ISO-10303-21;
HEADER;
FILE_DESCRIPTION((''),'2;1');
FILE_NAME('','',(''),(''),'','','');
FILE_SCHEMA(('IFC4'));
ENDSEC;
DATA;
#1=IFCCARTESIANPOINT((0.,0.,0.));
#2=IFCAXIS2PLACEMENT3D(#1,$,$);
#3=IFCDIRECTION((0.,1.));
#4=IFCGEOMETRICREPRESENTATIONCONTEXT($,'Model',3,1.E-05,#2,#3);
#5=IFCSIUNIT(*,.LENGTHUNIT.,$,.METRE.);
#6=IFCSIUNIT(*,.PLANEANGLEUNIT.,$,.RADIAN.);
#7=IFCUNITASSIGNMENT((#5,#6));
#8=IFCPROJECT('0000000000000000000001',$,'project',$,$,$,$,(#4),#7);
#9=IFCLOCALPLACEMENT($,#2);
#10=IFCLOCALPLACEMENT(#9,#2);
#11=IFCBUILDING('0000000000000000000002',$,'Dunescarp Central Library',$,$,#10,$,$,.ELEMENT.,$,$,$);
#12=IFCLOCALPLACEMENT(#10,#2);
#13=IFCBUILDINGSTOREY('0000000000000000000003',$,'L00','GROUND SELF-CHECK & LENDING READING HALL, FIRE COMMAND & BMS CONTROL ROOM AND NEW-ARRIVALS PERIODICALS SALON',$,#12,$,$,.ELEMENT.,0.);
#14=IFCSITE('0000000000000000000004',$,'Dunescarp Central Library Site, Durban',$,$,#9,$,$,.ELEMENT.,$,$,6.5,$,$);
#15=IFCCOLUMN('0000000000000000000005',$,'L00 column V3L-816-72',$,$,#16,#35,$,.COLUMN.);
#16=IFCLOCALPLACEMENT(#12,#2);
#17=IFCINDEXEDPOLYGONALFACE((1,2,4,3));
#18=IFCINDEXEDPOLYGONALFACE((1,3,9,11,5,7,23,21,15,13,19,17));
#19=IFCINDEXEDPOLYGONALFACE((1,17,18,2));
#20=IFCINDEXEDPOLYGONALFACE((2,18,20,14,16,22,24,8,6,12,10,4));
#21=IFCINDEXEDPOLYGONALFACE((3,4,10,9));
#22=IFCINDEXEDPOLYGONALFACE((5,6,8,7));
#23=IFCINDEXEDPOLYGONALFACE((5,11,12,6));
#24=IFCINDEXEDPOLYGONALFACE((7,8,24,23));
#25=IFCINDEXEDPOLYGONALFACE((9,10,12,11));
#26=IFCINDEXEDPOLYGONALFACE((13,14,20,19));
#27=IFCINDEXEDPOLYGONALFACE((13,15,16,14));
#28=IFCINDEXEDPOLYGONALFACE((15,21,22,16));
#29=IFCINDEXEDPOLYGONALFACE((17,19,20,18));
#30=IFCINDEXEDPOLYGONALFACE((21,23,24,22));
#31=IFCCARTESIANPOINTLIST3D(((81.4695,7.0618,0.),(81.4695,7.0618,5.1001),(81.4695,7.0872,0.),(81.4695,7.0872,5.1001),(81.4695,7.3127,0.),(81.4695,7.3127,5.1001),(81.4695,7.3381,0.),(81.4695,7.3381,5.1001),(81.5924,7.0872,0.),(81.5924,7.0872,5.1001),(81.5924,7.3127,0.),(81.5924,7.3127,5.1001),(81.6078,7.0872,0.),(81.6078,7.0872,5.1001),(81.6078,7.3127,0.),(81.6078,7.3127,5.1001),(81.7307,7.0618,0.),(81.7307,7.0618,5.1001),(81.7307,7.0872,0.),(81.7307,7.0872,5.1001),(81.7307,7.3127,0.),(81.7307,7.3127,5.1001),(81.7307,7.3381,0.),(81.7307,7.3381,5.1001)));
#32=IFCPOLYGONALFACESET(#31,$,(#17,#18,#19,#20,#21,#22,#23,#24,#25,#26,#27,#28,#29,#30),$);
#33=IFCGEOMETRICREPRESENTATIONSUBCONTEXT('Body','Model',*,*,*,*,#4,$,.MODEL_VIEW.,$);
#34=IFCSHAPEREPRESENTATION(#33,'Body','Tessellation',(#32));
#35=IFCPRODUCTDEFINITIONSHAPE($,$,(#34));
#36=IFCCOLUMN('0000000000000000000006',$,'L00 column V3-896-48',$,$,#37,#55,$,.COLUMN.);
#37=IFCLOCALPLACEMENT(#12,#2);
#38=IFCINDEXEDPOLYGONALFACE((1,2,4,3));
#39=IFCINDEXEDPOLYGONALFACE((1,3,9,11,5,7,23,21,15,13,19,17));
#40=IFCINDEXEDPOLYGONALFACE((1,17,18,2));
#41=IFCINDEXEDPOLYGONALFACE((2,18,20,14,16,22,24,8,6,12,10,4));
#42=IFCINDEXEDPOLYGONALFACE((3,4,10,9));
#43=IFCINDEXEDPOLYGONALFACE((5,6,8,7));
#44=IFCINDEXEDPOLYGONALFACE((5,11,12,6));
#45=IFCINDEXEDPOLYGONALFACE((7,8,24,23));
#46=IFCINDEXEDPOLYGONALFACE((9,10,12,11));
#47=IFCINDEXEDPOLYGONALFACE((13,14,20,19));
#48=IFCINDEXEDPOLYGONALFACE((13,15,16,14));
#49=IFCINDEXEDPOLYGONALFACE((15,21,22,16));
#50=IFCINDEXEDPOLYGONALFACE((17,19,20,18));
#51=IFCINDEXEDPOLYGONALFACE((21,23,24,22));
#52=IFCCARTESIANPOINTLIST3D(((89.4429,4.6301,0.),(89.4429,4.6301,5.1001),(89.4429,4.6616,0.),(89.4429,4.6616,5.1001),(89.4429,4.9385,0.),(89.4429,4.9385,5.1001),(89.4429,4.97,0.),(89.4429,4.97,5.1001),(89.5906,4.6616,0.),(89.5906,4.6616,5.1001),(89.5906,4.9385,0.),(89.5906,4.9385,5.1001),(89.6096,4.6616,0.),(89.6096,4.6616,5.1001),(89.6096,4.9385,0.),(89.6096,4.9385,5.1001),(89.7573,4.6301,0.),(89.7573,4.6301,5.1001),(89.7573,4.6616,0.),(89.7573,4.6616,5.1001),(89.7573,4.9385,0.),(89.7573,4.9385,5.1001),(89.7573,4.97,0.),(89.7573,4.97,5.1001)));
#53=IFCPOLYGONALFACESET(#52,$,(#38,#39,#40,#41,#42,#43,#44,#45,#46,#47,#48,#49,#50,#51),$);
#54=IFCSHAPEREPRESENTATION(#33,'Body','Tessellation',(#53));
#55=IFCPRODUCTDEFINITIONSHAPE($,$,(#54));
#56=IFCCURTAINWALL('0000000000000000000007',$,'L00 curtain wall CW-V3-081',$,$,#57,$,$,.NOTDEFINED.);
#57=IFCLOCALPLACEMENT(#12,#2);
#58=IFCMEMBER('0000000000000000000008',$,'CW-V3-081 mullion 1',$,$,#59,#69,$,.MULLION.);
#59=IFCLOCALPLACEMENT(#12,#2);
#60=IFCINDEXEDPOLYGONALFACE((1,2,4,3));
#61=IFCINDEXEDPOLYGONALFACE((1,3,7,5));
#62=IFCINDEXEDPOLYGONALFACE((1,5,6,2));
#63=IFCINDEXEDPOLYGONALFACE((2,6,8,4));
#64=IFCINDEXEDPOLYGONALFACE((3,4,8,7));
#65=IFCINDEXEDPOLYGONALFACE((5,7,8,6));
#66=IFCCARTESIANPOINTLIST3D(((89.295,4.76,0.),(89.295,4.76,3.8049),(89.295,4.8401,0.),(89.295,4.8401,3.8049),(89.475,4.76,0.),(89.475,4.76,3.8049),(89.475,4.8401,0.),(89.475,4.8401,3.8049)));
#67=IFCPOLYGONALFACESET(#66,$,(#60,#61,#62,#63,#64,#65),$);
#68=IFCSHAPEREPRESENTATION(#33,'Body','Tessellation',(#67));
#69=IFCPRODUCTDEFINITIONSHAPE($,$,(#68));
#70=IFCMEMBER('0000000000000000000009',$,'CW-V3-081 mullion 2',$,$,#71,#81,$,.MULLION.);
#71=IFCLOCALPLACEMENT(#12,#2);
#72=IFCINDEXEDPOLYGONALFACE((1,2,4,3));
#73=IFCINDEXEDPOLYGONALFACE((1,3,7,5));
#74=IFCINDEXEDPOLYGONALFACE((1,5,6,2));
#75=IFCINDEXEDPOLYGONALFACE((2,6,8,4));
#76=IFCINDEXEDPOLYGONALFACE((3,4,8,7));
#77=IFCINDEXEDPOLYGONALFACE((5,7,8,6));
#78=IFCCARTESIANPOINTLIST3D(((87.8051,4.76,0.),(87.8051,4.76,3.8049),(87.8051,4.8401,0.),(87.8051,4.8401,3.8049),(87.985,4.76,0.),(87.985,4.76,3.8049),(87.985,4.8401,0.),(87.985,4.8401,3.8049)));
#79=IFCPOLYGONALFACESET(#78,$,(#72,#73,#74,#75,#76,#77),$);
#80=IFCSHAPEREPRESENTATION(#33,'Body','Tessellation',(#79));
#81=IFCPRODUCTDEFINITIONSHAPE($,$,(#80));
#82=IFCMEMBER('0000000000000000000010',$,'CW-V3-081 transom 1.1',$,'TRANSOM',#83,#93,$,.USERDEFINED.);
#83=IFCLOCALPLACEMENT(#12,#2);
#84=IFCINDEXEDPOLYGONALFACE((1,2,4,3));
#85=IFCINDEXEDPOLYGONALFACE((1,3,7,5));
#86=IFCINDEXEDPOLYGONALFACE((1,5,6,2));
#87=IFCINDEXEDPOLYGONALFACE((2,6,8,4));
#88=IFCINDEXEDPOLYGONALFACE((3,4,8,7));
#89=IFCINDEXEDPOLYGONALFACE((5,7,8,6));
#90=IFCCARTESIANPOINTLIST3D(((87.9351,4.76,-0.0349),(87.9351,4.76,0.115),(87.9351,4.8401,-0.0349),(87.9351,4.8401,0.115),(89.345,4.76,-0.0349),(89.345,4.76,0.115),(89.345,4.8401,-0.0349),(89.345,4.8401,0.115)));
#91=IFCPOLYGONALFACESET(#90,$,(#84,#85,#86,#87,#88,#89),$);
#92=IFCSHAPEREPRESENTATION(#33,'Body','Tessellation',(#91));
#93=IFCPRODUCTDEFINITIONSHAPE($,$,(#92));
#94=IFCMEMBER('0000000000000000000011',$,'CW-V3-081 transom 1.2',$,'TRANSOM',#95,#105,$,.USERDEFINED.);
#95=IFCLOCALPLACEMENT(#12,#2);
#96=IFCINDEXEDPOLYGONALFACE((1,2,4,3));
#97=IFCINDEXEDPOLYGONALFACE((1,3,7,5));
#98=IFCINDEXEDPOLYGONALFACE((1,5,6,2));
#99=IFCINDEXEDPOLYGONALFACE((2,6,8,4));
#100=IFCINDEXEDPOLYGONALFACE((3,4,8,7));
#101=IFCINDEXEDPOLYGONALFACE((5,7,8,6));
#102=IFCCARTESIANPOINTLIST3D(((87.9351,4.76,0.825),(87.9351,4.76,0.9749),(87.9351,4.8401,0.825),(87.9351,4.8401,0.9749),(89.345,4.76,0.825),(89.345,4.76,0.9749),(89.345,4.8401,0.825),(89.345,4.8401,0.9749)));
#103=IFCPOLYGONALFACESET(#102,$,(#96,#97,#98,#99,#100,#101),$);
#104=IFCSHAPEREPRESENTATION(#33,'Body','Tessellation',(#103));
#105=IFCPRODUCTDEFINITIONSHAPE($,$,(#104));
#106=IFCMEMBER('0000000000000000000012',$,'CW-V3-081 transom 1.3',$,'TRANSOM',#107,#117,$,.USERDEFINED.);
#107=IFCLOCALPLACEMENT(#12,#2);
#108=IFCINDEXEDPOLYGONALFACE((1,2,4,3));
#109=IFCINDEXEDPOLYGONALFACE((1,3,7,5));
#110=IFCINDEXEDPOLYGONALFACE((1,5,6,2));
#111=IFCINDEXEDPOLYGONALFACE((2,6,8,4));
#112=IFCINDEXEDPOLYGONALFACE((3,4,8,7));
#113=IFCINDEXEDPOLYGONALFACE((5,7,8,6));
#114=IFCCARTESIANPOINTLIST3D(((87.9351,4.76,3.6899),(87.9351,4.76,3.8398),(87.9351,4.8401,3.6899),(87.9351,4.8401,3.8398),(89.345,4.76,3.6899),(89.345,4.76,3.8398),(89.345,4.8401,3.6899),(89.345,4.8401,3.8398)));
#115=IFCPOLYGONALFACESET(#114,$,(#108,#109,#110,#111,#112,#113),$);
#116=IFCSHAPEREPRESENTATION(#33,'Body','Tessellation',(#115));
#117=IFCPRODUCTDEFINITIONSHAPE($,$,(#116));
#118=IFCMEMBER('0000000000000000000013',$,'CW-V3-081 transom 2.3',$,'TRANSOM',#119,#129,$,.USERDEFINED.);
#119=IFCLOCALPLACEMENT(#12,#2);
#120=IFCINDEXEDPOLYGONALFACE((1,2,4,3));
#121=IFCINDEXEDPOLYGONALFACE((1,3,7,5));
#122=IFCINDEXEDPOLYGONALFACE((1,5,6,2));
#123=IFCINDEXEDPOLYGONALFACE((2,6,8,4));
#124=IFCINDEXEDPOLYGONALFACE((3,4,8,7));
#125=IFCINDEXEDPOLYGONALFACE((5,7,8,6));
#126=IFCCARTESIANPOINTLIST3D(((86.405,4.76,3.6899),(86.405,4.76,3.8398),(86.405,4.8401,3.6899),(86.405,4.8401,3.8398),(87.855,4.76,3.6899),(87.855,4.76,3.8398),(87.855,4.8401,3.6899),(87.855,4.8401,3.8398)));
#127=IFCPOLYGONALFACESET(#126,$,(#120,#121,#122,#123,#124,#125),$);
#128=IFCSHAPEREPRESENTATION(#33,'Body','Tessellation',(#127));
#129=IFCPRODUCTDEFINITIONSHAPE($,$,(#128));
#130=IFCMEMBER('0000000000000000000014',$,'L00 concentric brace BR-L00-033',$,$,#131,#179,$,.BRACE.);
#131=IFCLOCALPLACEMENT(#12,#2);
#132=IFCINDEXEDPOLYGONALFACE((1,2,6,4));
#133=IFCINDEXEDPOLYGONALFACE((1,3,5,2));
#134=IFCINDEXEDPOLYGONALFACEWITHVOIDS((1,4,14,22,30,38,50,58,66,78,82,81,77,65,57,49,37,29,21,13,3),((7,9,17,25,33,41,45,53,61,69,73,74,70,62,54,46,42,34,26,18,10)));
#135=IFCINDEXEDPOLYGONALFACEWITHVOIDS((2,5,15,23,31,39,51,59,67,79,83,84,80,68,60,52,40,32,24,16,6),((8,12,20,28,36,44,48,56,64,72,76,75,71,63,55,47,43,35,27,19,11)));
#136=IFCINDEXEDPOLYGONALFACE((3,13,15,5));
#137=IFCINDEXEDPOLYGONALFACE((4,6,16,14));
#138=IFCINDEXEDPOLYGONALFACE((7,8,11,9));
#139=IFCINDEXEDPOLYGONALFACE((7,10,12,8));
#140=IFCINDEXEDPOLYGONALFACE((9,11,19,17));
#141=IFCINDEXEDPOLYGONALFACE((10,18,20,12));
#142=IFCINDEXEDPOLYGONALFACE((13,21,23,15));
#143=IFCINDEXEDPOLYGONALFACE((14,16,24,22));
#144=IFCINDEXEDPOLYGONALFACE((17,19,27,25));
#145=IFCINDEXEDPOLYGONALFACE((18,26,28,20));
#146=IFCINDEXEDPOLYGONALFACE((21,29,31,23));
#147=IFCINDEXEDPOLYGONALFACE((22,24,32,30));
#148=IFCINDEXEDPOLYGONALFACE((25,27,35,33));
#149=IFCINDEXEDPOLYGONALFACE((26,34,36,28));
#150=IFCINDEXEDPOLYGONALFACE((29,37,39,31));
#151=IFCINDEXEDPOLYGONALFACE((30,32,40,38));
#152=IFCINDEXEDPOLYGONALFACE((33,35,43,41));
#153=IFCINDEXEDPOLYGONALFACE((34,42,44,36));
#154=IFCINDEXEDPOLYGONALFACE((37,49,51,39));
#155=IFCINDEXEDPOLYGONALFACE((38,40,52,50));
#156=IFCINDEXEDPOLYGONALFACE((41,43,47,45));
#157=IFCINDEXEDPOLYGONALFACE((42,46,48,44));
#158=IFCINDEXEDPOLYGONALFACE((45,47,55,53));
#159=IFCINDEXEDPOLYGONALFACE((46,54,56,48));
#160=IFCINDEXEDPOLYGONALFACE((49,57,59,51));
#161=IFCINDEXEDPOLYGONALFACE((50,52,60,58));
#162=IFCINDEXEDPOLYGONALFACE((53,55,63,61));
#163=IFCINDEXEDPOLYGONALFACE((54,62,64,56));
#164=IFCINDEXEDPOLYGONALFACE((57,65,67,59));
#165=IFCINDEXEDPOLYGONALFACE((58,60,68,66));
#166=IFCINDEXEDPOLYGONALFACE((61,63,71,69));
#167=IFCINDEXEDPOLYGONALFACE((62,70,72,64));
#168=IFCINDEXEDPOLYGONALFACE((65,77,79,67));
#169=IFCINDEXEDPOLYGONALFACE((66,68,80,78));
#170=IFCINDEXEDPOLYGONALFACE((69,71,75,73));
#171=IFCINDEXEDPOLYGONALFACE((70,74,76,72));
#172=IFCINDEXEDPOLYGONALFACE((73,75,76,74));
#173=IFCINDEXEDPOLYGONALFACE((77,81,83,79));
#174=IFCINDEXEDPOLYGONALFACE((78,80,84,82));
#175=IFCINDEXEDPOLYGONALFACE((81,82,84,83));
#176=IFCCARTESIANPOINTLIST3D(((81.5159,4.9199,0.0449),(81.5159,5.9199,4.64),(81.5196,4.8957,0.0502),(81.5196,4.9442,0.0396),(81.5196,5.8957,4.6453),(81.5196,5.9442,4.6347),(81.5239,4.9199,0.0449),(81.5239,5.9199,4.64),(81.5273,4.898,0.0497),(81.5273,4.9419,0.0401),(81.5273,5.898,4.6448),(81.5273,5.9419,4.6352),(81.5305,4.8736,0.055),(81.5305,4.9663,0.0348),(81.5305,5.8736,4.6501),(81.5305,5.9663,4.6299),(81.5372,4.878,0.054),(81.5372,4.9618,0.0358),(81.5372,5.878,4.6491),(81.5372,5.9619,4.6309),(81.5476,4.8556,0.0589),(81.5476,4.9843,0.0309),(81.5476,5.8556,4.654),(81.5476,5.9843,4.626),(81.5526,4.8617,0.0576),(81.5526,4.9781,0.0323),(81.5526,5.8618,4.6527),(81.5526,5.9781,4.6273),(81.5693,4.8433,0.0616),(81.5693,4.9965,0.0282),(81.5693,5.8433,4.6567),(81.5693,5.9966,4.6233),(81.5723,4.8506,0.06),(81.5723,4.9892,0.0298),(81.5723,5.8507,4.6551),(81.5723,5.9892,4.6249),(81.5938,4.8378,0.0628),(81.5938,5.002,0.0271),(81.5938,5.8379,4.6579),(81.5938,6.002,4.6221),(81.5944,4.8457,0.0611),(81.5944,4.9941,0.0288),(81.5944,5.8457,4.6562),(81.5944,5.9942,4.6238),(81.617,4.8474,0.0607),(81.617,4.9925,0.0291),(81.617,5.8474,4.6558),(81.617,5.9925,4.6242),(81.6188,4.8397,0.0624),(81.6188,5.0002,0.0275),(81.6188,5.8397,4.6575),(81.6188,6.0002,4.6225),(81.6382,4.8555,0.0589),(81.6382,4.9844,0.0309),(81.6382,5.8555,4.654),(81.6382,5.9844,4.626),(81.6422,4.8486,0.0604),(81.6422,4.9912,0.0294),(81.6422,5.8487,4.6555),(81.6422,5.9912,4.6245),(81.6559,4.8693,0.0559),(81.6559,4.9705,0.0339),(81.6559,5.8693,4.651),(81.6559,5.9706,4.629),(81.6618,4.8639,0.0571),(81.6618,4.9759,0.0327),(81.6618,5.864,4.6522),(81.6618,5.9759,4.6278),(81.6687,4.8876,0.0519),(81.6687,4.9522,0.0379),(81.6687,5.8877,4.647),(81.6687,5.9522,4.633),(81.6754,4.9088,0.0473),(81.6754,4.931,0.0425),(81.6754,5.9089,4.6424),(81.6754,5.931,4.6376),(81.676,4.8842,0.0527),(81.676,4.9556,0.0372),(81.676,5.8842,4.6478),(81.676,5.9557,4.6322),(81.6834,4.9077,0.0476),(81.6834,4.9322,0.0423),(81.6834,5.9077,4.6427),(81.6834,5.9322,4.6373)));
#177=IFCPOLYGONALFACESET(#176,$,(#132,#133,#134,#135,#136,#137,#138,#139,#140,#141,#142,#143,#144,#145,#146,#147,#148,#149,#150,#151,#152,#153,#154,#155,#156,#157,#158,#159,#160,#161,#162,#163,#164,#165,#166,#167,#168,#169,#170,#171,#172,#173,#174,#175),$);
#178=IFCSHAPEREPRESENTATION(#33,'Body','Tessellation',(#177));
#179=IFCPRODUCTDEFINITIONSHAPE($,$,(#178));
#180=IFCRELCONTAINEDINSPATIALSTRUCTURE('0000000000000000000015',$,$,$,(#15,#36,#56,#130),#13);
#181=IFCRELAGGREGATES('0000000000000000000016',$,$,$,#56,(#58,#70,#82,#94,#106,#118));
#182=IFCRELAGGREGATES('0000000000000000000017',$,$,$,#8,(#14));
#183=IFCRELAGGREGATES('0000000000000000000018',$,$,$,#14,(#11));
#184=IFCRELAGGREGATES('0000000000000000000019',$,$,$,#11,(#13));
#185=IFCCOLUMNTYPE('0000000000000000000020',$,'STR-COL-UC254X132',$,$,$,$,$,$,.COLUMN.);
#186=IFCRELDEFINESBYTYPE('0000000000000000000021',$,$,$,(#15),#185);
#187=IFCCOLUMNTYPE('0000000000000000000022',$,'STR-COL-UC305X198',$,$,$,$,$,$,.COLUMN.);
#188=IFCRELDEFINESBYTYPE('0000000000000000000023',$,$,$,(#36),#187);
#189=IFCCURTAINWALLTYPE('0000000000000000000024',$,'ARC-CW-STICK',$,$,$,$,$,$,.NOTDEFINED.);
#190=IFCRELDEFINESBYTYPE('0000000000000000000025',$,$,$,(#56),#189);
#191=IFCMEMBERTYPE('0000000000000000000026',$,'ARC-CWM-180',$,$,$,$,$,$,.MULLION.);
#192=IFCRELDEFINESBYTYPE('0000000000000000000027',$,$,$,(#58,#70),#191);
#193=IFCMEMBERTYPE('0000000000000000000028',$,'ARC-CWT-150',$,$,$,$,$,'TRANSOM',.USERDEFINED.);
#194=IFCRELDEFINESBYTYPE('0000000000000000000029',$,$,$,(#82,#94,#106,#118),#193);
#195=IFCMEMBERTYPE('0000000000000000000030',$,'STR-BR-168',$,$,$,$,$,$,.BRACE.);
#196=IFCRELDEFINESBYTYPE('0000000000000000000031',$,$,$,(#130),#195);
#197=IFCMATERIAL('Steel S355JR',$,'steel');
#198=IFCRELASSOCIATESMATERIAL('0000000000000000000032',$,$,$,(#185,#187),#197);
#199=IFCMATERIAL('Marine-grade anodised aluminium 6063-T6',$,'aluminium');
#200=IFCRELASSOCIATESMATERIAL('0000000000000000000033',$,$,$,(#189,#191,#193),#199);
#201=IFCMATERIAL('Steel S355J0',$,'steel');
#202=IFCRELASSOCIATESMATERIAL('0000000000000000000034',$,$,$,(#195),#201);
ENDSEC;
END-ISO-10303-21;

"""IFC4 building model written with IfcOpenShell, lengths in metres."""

from ifc_helpers import new_model, si_unit, direction, frame, origin, origin_2d, place, context, subcontext, project, spatial, rectangle, hollow_circle, i_section, extrude, material, material_profile, profile_set, type_object, element, aggregate, save


model = new_model("IFC4")

# Units and contexts
model_context = context("Model", 3, precision=1e-05, world=origin(), true_north=direction((0.0, 1.0)))
body_context = subcontext(model_context, "Body", "Model", "MODEL_VIEW")
ifc_project = project(units=[si_unit("LENGTHUNIT", "METRE"), si_unit("PLANEANGLEUNIT", "RADIAN")], contexts=[model_context])

# Site, building, storey
site_placement = place(None, origin())
site = spatial("IfcSite", under=ifc_project, at=site_placement, Name="Dunescarp Central Library Site, Durban", CompositionType="ELEMENT", RefElevation=6.5)
building_placement = place(site_placement, origin())
building = spatial("IfcBuilding", under=site, at=building_placement, Name="Dunescarp Central Library", CompositionType="ELEMENT")
storey_placement = place(building_placement, origin())
storey = spatial("IfcBuildingStorey", under=building, at=storey_placement, Name="L00", Description="GROUND SELF-CHECK & LENDING READING HALL, FIRE COMMAND & BMS CONTROL ROOM AND NEW-ARRIVALS PERIODICALS SALON", CompositionType="ELEMENT", Elevation=0.0)

# Columns
ifc_material_1 = material(Name="Steel S355JR", Category="steel")
ifc_material_profile_1 = material_profile(ifc_material_1, i_section(OverallWidth=0.2612, OverallDepth=0.2764, WebThickness=0.0154, FlangeThickness=0.0254, at=origin_2d()), Name="UC 254x254x132")
ifc_profile_set_1 = profile_set([ifc_material_profile_1], Name="Steel S355JR")
column_type_1 = type_object("IfcColumnType", Name="STR-COL-UC254X132", PredefinedType="COLUMN", material=ifc_profile_set_1)
column_1_placement = place(storey_placement, frame((81.6001, 7.2, 0.0), z_axis=(0.0, 0.0, 1.0), x_axis=(1.0, 0.0, 0.0)))
element("IfcColumn", 1, at=column_1_placement, inside=storey, type_object=column_type_1, Name="L00 column V3L-816-72", PredefinedType="COLUMN", context=body_context, shape_type="SweptSolid", body=[
    extrude(i_section(OverallWidth=0.2612, OverallDepth=0.2764, WebThickness=0.0154, FlangeThickness=0.0254, at=origin_2d()), origin(), (0.0, 0.0, 1.0), 5.1001),
])
ifc_material_profile_2 = material_profile(ifc_material_1, i_section(OverallWidth=0.3145, OverallDepth=0.3398, WebThickness=0.019, FlangeThickness=0.0315, at=origin_2d()), Name="UC 305x305x198")
ifc_profile_set_2 = profile_set([ifc_material_profile_2], Name="Steel S355JR")
column_type_2 = type_object("IfcColumnType", Name="STR-COL-UC305X198", PredefinedType="COLUMN", material=ifc_profile_set_2)
column_2_placement = place(storey_placement, frame((89.6001, 4.8, 0.0), z_axis=(0.0, 0.0, 1.0), x_axis=(1.0, 0.0, 0.0)))
element("IfcColumn", 2, at=column_2_placement, inside=storey, type_object=column_type_2, Name="L00 column V3-896-48", PredefinedType="COLUMN", context=body_context, shape_type="SweptSolid", body=[
    extrude(i_section(OverallWidth=0.3145, OverallDepth=0.3398, WebThickness=0.019, FlangeThickness=0.0315, at=origin_2d()), origin(), (0.0, 0.0, 1.0), 5.1001),
])

# Curtain wall, members
ifc_material_2 = material(Name="Marine-grade anodised aluminium 6063-T6", Category="aluminium")
curtain_wall_type = type_object("IfcCurtainWallType", Name="ARC-CW-STICK", PredefinedType="NOTDEFINED", material=ifc_material_2)
curtain_wall_placement = place(storey_placement, origin())
curtain_wall = element("IfcCurtainWall", 3, at=curtain_wall_placement, inside=storey, type_object=curtain_wall_type, Name="L00 curtain wall CW-V3-081", PredefinedType="NOTDEFINED")
ifc_material_profile_3 = material_profile(ifc_material_2, rectangle(XDim=0.0801, YDim=0.1799, at=origin_2d()), Name="AL 80x180")
ifc_profile_set_3 = profile_set([ifc_material_profile_3], Name="Marine-grade anodised aluminium 6063-T6")
member_type_1 = type_object("IfcMemberType", Name="ARC-CWM-180", PredefinedType="MULLION", material=ifc_profile_set_3)
member_1_placement = place(storey_placement, frame((89.385, 4.8, 0.0), z_axis=(0.0, 0.0, 1.0), x_axis=(0.0, -1.0, 0.0)))
member_1 = element("IfcMember", 4, at=member_1_placement, type_object=member_type_1, Name="CW-V3-081 mullion 1", PredefinedType="MULLION", context=body_context, shape_type="SweptSolid", body=[
    extrude(rectangle(XDim=0.0801, YDim=0.1799, at=origin_2d()), origin(), (0.0, 0.0, 1.0), 3.8049),
])
member_2_placement = place(storey_placement, frame((87.895, 4.8, 0.0), z_axis=(0.0, 0.0, 1.0), x_axis=(0.0, -1.0, 0.0)))
member_2 = element("IfcMember", 5, at=member_2_placement, type_object=member_type_1, Name="CW-V3-081 mullion 2", PredefinedType="MULLION", context=body_context, shape_type="SweptSolid", body=[
    extrude(rectangle(XDim=0.0801, YDim=0.1799, at=origin_2d()), origin(), (0.0, 0.0, 1.0), 3.8049),
])
ifc_material_profile_4 = material_profile(ifc_material_2, rectangle(XDim=0.0801, YDim=0.1499, at=origin_2d()), Name="AL 80x150")
ifc_profile_set_4 = profile_set([ifc_material_profile_4], Name="Marine-grade anodised aluminium 6063-T6")
member_type_2 = type_object("IfcMemberType", Name="ARC-CWT-150", ElementType="TRANSOM", PredefinedType="USERDEFINED", material=ifc_profile_set_4)
member_3_placement = place(storey_placement, frame((89.345, 4.8, 0.04), z_axis=(-1.0, 0.0, 0.0), x_axis=(0.0, -1.0, 0.0)))
member_3 = element("IfcMember", 6, at=member_3_placement, type_object=member_type_2, Name="CW-V3-081 transom 1.1", ObjectType="TRANSOM", PredefinedType="USERDEFINED", context=body_context, shape_type="SweptSolid", body=[
    extrude(rectangle(XDim=0.0801, YDim=0.1499, at=origin_2d()), origin(), (0.0, 0.0, 1.0), 1.4099),
])
member_4_placement = place(storey_placement, frame((89.345, 4.8, 0.8999), z_axis=(-1.0, 0.0, 0.0), x_axis=(0.0, -1.0, 0.0)))
member_4 = element("IfcMember", 7, at=member_4_placement, type_object=member_type_2, Name="CW-V3-081 transom 1.2", ObjectType="TRANSOM", PredefinedType="USERDEFINED", context=body_context, shape_type="SweptSolid", body=[
    extrude(rectangle(XDim=0.0801, YDim=0.1499, at=origin_2d()), origin(), (0.0, 0.0, 1.0), 1.4099),
])
member_5_placement = place(storey_placement, frame((89.345, 4.8, 3.7649), z_axis=(-1.0, 0.0, 0.0), x_axis=(0.0, -1.0, 0.0)))
member_5 = element("IfcMember", 8, at=member_5_placement, type_object=member_type_2, Name="CW-V3-081 transom 1.3", ObjectType="TRANSOM", PredefinedType="USERDEFINED", context=body_context, shape_type="SweptSolid", body=[
    extrude(rectangle(XDim=0.0801, YDim=0.1499, at=origin_2d()), origin(), (0.0, 0.0, 1.0), 1.4099),
])
member_6_placement = place(storey_placement, frame((87.855, 4.8, 3.7649), z_axis=(-1.0, 0.0, 0.0), x_axis=(0.0, -1.0, 0.0)))
member_6 = element("IfcMember", 9, at=member_6_placement, type_object=member_type_2, Name="CW-V3-081 transom 2.3", ObjectType="TRANSOM", PredefinedType="USERDEFINED", context=body_context, shape_type="SweptSolid", body=[
    extrude(rectangle(XDim=0.0801, YDim=0.1499, at=origin_2d()), origin(), (0.0, 0.0, 1.0), 1.45),
])

# Member
ifc_material_3 = material(Name="Steel S355J0", Category="steel")
ifc_material_profile_5 = material_profile(ifc_material_3, hollow_circle(Radius=0.0842, WallThickness=0.0081, at=origin_2d()), Name="CHS 168.3x8")
ifc_profile_set_5 = profile_set([ifc_material_profile_5], Name="Steel S355J0")
member_type_3 = type_object("IfcMemberType", Name="STR-BR-168", PredefinedType="BRACE", material=ifc_profile_set_5)
for number, where, z_axis, x_axis, name in (
    (10, (81.6001, 4.9199, 0.0449), (0.0, 0.212652, 0.977128), (-1.0, 0.0, 0.0), "L00 concentric brace BR-L00-033"),
):
    element("IfcMember", number, at=place(storey_placement, frame(where, z_axis=z_axis, x_axis=x_axis)), inside=storey, type_object=member_type_3, Name=name, PredefinedType="BRACE", context=body_context, shape_type="SweptSolid", body=[
        extrude(hollow_circle(Radius=0.0842, WallThickness=0.0081, at=origin_2d()), origin(), (0.0, 0.0, 1.0), 4.7026),
    ])

aggregate(curtain_wall, [member_1, member_2, member_3, member_4, member_5, member_6])

save(model, "model.ifc")
